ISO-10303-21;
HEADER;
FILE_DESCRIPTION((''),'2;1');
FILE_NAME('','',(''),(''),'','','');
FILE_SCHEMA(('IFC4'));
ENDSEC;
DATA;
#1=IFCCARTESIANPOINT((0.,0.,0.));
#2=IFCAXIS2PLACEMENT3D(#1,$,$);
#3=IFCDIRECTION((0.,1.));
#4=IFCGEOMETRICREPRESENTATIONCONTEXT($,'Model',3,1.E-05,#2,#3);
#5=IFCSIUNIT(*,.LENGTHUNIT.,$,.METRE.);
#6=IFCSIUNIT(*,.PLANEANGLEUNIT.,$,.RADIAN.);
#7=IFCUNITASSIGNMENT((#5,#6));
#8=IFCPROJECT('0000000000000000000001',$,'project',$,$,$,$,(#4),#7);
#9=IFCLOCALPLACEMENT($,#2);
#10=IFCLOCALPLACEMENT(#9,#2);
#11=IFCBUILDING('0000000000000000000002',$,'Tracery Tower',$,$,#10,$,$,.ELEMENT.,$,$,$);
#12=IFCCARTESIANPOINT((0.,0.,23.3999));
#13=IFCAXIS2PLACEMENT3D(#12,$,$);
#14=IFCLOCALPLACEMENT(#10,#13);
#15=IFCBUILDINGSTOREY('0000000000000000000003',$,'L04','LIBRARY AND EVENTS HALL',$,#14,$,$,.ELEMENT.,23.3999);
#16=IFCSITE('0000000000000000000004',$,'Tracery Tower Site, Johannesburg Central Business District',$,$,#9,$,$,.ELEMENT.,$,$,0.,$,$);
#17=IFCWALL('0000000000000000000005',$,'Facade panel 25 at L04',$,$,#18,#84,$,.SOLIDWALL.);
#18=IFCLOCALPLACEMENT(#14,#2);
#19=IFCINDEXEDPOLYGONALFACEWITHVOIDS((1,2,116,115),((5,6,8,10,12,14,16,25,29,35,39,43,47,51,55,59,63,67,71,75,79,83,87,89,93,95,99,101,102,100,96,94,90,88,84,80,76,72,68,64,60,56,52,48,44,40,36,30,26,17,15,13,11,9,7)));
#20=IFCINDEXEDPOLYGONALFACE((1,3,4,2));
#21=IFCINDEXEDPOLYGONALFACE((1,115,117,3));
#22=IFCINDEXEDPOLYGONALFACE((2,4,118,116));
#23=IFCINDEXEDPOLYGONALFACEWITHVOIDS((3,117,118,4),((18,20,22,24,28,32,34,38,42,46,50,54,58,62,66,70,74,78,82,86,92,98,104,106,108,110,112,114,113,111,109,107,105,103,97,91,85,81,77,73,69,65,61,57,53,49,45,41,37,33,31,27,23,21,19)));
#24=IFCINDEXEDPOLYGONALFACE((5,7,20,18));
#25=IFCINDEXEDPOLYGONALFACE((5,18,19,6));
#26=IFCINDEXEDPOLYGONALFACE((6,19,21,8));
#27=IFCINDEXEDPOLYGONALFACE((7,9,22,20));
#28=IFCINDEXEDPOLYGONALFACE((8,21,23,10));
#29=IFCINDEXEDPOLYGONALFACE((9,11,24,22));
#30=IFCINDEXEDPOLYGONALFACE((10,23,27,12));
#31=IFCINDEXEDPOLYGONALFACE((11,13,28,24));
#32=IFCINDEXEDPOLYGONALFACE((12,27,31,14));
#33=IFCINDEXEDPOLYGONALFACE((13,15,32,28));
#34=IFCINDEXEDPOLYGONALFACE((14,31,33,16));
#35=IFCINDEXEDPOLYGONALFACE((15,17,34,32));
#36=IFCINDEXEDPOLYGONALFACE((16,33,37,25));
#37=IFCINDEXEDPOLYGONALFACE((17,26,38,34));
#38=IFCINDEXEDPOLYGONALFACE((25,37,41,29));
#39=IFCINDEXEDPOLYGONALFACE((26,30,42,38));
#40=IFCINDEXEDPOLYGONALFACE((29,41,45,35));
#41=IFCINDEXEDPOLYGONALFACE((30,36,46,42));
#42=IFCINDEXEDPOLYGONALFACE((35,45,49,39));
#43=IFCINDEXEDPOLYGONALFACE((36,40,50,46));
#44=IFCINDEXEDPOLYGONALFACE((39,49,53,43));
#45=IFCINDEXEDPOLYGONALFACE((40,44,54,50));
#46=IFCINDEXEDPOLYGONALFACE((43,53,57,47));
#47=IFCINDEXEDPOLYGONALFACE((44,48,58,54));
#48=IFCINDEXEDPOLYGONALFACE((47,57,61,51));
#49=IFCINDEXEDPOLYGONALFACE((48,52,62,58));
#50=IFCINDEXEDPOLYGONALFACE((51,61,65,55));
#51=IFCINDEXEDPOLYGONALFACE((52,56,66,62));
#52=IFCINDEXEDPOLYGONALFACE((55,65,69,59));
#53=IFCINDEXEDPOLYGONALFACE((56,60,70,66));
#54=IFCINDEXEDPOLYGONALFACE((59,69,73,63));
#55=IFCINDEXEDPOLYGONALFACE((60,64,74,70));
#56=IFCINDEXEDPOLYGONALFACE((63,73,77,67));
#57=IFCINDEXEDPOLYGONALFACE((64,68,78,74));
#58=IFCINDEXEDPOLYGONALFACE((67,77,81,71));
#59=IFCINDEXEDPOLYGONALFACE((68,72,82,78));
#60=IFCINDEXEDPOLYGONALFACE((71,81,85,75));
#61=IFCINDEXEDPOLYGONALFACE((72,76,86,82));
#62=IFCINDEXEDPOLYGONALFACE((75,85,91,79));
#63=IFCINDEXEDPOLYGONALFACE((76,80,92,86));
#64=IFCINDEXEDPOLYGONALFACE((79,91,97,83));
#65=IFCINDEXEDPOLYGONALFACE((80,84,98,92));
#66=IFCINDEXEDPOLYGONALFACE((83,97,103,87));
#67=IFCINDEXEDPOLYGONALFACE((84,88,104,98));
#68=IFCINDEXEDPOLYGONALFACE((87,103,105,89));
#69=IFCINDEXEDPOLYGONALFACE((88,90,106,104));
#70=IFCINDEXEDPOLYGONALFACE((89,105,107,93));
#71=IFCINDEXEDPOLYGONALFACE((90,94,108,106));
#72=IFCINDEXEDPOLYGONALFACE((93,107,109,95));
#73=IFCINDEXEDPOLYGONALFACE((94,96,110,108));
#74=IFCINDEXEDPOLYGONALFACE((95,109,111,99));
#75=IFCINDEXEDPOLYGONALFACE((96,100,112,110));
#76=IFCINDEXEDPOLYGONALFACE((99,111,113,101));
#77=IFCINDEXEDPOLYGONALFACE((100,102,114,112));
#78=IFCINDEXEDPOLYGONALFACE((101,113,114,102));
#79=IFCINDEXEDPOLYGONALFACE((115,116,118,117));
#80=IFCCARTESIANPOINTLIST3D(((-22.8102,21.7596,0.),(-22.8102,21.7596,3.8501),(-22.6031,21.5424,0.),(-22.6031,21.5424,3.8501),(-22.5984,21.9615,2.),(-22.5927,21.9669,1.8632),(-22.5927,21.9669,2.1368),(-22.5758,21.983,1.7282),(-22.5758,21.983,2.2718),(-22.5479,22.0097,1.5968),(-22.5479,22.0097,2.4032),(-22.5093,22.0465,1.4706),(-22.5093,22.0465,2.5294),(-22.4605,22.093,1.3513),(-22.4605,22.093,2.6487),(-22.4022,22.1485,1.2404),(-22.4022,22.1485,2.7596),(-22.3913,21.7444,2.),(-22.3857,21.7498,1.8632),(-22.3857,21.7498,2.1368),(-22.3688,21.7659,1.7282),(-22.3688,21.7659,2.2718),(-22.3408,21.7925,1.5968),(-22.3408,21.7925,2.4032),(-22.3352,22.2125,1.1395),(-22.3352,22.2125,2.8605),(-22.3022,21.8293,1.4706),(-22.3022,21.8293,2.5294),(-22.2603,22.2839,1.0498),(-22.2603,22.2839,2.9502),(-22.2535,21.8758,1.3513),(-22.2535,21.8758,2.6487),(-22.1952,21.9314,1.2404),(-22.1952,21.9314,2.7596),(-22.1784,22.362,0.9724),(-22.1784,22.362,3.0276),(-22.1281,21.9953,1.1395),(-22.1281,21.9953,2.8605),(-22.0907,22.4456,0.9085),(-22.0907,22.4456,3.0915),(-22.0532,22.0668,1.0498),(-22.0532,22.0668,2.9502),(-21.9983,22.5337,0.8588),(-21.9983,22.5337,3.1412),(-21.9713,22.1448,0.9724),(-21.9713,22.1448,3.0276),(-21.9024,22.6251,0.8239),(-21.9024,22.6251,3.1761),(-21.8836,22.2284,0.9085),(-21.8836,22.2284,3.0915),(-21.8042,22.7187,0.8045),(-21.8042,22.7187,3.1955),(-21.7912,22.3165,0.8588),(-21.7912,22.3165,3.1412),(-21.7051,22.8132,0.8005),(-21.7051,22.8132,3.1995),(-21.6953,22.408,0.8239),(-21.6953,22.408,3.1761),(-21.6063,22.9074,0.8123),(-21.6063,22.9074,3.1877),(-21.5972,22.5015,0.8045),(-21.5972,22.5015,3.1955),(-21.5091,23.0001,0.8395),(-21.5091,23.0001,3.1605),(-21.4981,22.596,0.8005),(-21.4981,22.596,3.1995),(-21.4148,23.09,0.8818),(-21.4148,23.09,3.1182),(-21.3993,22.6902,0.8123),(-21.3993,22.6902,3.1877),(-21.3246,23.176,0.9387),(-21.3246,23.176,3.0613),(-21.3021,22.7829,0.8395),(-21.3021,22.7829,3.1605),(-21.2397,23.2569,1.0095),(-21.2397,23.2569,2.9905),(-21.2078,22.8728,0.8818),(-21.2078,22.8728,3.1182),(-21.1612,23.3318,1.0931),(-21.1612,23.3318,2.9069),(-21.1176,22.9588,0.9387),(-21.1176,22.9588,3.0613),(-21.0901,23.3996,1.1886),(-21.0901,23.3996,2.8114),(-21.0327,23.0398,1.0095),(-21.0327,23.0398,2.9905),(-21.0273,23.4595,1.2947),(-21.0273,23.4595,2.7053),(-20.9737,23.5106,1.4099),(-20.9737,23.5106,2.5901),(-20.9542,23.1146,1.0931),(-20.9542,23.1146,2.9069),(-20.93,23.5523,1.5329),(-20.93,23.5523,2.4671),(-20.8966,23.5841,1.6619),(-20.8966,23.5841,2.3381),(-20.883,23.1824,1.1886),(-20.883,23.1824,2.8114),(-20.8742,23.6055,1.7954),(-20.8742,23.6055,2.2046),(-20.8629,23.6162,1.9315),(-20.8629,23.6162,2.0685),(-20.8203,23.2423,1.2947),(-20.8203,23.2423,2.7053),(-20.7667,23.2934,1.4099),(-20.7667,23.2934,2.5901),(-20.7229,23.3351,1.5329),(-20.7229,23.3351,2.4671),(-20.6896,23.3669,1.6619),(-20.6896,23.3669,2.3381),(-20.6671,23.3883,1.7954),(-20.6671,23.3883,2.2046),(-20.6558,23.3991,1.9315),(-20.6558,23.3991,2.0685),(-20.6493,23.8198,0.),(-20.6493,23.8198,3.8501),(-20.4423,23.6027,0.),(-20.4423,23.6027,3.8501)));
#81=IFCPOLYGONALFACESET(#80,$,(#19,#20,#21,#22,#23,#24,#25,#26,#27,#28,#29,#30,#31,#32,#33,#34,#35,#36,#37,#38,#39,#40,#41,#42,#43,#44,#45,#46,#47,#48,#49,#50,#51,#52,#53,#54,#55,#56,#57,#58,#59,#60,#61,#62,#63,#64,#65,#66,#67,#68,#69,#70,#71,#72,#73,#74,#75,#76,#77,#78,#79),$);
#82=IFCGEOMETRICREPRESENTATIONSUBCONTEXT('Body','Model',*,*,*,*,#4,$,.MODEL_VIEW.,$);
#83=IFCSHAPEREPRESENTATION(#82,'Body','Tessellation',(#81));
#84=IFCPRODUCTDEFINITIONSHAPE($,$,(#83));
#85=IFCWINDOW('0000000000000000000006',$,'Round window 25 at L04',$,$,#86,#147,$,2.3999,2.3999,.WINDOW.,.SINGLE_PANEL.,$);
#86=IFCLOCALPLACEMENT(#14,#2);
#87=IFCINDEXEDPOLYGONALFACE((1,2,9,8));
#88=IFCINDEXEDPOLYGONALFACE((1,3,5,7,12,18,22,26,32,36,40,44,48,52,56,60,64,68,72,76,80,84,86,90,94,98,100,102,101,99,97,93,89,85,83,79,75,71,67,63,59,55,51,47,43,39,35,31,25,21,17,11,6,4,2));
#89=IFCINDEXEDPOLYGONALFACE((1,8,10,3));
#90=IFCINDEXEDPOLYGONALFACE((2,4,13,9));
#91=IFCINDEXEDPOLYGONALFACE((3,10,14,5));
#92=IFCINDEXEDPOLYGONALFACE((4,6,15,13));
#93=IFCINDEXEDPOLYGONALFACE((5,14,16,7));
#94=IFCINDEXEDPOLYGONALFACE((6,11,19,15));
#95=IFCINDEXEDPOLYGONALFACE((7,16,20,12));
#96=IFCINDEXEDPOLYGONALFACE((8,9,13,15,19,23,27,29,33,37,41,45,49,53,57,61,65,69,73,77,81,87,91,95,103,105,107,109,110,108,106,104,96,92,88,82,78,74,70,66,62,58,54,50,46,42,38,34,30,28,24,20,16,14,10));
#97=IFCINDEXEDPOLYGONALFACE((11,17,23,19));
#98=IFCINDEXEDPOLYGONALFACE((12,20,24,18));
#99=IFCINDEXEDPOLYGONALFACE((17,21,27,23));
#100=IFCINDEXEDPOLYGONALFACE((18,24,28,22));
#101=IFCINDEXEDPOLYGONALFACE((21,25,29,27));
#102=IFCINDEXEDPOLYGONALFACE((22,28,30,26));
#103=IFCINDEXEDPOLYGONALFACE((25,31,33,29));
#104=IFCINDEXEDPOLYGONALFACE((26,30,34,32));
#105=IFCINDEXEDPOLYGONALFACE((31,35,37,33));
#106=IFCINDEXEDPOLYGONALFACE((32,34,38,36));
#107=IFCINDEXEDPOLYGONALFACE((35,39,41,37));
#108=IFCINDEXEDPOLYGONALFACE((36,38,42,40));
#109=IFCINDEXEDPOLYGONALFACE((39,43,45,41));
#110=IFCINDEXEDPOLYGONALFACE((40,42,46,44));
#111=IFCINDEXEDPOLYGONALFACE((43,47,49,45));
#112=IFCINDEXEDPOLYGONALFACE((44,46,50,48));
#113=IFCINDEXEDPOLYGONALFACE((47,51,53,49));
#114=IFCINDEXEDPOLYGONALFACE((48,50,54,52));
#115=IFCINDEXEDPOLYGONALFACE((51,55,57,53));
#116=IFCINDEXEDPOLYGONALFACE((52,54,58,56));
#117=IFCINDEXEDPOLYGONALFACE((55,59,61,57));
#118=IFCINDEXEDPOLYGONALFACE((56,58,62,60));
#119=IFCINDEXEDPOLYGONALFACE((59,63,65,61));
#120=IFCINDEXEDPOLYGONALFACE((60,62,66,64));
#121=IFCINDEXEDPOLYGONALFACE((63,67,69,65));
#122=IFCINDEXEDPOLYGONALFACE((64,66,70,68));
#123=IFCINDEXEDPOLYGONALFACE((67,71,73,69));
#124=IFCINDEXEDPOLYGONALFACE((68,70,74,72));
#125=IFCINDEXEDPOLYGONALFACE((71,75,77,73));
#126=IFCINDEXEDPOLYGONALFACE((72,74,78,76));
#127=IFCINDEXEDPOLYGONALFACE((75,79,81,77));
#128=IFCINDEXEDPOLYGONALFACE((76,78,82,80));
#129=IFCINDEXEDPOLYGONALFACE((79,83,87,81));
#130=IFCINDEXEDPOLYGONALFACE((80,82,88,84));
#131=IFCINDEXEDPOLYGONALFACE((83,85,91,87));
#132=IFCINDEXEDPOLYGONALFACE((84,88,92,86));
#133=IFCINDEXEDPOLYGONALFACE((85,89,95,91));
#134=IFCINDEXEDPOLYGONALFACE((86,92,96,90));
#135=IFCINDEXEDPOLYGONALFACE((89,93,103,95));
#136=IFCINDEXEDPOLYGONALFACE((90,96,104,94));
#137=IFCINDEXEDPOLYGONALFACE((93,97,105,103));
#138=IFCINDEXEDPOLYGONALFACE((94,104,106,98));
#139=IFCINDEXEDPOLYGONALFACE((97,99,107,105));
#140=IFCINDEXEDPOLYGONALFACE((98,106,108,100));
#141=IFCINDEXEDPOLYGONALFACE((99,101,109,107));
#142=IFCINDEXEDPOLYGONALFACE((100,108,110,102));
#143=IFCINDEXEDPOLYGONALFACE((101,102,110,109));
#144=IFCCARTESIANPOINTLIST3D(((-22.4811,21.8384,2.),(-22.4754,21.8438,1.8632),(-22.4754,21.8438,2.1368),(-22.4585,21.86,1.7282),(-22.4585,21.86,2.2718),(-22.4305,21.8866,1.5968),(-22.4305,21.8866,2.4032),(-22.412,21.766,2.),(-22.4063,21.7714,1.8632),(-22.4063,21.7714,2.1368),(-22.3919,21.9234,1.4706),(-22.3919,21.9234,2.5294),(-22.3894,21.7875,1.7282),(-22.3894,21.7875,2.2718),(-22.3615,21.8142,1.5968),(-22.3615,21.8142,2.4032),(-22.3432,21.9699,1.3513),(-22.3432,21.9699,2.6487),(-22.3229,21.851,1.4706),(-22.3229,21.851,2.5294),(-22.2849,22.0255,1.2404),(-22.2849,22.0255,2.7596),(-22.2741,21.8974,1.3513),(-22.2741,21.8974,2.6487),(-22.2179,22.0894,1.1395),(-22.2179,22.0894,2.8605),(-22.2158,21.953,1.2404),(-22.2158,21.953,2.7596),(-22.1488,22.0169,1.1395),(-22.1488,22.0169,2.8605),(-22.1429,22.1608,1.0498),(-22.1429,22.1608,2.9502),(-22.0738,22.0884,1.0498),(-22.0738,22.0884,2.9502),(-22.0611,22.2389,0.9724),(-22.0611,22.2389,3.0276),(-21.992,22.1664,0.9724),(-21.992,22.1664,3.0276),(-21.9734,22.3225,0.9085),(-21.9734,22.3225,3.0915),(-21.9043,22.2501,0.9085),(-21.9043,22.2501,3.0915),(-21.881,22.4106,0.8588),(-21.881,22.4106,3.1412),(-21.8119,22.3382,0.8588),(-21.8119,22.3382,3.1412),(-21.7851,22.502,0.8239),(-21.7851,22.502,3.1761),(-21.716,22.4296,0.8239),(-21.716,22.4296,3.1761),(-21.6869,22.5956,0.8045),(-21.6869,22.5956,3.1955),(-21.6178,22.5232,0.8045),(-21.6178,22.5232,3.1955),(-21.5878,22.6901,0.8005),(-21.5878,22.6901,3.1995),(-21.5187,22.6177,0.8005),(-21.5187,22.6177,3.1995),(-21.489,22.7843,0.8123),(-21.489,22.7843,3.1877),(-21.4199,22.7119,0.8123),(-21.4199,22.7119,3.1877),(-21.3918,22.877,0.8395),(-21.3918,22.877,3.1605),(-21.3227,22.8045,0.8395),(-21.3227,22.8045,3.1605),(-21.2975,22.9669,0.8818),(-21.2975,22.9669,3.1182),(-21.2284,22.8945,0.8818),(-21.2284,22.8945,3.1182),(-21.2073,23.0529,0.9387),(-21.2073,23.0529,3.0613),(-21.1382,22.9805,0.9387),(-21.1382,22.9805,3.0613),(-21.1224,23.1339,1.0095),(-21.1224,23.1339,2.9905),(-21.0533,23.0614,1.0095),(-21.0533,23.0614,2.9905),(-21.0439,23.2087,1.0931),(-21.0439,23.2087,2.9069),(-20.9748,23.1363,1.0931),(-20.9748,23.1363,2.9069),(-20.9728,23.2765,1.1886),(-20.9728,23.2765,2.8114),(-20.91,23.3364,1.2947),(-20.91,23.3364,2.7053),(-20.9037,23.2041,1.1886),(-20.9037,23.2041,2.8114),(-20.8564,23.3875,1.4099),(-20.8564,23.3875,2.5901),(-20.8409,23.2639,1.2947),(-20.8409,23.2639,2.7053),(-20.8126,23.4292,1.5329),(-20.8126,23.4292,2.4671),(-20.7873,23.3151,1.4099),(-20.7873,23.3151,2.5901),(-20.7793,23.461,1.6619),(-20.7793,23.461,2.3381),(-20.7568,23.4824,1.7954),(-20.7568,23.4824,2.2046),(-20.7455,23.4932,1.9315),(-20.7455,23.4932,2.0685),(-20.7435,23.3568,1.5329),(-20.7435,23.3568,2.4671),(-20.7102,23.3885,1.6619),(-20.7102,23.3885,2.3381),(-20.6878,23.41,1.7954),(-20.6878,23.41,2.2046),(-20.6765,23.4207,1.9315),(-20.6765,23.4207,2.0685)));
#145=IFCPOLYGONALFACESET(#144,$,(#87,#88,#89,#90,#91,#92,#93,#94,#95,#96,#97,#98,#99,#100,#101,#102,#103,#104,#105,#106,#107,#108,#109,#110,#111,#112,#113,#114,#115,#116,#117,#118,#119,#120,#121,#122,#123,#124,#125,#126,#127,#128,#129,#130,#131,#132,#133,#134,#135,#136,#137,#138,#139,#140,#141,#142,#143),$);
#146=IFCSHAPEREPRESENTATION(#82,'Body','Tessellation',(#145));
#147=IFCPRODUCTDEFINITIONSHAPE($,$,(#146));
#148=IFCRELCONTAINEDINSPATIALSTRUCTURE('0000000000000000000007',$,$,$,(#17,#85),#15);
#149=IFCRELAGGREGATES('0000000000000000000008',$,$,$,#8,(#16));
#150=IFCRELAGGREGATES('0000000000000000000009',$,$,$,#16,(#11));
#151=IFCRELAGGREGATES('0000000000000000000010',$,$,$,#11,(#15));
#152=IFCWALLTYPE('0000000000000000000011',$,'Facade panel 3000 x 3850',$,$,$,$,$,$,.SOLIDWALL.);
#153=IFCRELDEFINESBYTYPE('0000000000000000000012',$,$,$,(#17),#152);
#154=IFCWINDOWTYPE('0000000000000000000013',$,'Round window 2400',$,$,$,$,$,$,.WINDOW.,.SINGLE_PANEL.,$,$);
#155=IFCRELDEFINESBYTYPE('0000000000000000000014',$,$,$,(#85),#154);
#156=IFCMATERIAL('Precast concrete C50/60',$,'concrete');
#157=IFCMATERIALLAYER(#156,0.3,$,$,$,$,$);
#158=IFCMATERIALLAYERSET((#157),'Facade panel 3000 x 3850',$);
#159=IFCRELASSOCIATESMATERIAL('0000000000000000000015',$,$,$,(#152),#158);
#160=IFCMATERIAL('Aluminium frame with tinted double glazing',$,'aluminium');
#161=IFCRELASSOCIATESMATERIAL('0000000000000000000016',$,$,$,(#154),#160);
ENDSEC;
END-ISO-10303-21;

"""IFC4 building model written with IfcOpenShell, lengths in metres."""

from ifc_helpers import new_model, si_unit, direction, frame, frame_2d, origin, origin_2d, place, context, subcontext, project, spatial, rectangle, circle, extrude, material, layer, layer_set, type_object, element, fill, save


model = new_model("IFC4")

# Units and contexts
model_context = context("Model", 3, precision=1e-05, world=origin(), true_north=direction((0.0, 1.0)))
body_context = subcontext(model_context, "Body", "Model", "MODEL_VIEW")
ifc_project = project(units=[si_unit("LENGTHUNIT", "METRE"), si_unit("PLANEANGLEUNIT", "RADIAN")], contexts=[model_context])

# Site, building, storey
site_placement = place(None, origin())
site = spatial("IfcSite", under=ifc_project, at=site_placement, Name="Tracery Tower Site, Johannesburg Central Business District", CompositionType="ELEMENT", RefElevation=0.0)
building_placement = place(site_placement, origin())
building = spatial("IfcBuilding", under=site, at=building_placement, Name="Tracery Tower", CompositionType="ELEMENT")
storey_placement = place(building_placement, frame((0.0, 0.0, 23.3999)))
storey = spatial("IfcBuildingStorey", under=building, at=storey_placement, Name="L04", Description="LIBRARY AND EVENTS HALL", CompositionType="ELEMENT", Elevation=23.3999)

# Wall, opening, window
ifc_material_1 = material(Name="Precast concrete C50/60", Category="concrete")
ifc_layer_1 = layer(ifc_material_1, 0.3)
ifc_layer_set_1 = layer_set([ifc_layer_1], Name="Facade panel 3000 x 3850")
wall_type_1 = type_object("IfcWallType", Name="Facade panel 3000 x 3850", PredefinedType="SOLIDWALL", material=ifc_layer_set_1)
wall_1_placement = place(storey_placement, frame((-20.5459, 23.7112, 0.0), z_axis=(0.0, 0.0, 1.0), x_axis=(-0.723751, -0.690061, 0.0)))
wall_1 = element("IfcWall", 1, at=wall_1_placement, inside=storey, type_object=wall_type_1, Name="Facade panel 25 at L04", PredefinedType="SOLIDWALL", context=body_context, shape_type="SweptSolid", body=[
    extrude(rectangle(XDim=2.9856, YDim=0.3, at=frame_2d((1.4927, 0.0))), origin(), (0.0, 0.0, 1.0), 3.8501),
])
opening_1_placement = place(wall_1_placement, frame((1.4929, 0.0, 2.0)))
opening_1 = element("IfcOpeningElement", 2, at=opening_1_placement, cuts=wall_1, PredefinedType="OPENING", context=body_context, shape_type="SweptSolid", body=[
    extrude(circle(Radius=1.2, at=origin_2d()), frame((0.0, 0.1599, 0.0), z_axis=(0.0, -1.0, 0.0), x_axis=(1.0, 0.0, 0.0)), (0.0, 0.0, 1.0), 0.3201),
])
ifc_material_2 = material(Name="Aluminium frame with tinted double glazing", Category="aluminium")
window_type = type_object("IfcWindowType", Name="Round window 2400", PartitioningType="SINGLE_PANEL", PredefinedType="WINDOW", material=ifc_material_2)
window_1_placement = place(opening_1_placement, origin())
window_1 = element("IfcWindow", 3, at=window_1_placement, inside=storey, type_object=window_type, Name="Round window 25 at L04", OverallHeight=2.3999, OverallWidth=2.3999, PartitioningType="SINGLE_PANEL", PredefinedType="WINDOW", context=body_context, shape_type="SweptSolid", body=[
    extrude(circle(Radius=1.2, at=origin_2d()), frame((0.0, 0.1201, 0.0), z_axis=(0.0, -1.0, 0.0), x_axis=(1.0, 0.0, 0.0)), (0.0, 0.0, 1.0), 0.1001),
])
fill(opening_1, window_1)

save(model, "model.ifc")
